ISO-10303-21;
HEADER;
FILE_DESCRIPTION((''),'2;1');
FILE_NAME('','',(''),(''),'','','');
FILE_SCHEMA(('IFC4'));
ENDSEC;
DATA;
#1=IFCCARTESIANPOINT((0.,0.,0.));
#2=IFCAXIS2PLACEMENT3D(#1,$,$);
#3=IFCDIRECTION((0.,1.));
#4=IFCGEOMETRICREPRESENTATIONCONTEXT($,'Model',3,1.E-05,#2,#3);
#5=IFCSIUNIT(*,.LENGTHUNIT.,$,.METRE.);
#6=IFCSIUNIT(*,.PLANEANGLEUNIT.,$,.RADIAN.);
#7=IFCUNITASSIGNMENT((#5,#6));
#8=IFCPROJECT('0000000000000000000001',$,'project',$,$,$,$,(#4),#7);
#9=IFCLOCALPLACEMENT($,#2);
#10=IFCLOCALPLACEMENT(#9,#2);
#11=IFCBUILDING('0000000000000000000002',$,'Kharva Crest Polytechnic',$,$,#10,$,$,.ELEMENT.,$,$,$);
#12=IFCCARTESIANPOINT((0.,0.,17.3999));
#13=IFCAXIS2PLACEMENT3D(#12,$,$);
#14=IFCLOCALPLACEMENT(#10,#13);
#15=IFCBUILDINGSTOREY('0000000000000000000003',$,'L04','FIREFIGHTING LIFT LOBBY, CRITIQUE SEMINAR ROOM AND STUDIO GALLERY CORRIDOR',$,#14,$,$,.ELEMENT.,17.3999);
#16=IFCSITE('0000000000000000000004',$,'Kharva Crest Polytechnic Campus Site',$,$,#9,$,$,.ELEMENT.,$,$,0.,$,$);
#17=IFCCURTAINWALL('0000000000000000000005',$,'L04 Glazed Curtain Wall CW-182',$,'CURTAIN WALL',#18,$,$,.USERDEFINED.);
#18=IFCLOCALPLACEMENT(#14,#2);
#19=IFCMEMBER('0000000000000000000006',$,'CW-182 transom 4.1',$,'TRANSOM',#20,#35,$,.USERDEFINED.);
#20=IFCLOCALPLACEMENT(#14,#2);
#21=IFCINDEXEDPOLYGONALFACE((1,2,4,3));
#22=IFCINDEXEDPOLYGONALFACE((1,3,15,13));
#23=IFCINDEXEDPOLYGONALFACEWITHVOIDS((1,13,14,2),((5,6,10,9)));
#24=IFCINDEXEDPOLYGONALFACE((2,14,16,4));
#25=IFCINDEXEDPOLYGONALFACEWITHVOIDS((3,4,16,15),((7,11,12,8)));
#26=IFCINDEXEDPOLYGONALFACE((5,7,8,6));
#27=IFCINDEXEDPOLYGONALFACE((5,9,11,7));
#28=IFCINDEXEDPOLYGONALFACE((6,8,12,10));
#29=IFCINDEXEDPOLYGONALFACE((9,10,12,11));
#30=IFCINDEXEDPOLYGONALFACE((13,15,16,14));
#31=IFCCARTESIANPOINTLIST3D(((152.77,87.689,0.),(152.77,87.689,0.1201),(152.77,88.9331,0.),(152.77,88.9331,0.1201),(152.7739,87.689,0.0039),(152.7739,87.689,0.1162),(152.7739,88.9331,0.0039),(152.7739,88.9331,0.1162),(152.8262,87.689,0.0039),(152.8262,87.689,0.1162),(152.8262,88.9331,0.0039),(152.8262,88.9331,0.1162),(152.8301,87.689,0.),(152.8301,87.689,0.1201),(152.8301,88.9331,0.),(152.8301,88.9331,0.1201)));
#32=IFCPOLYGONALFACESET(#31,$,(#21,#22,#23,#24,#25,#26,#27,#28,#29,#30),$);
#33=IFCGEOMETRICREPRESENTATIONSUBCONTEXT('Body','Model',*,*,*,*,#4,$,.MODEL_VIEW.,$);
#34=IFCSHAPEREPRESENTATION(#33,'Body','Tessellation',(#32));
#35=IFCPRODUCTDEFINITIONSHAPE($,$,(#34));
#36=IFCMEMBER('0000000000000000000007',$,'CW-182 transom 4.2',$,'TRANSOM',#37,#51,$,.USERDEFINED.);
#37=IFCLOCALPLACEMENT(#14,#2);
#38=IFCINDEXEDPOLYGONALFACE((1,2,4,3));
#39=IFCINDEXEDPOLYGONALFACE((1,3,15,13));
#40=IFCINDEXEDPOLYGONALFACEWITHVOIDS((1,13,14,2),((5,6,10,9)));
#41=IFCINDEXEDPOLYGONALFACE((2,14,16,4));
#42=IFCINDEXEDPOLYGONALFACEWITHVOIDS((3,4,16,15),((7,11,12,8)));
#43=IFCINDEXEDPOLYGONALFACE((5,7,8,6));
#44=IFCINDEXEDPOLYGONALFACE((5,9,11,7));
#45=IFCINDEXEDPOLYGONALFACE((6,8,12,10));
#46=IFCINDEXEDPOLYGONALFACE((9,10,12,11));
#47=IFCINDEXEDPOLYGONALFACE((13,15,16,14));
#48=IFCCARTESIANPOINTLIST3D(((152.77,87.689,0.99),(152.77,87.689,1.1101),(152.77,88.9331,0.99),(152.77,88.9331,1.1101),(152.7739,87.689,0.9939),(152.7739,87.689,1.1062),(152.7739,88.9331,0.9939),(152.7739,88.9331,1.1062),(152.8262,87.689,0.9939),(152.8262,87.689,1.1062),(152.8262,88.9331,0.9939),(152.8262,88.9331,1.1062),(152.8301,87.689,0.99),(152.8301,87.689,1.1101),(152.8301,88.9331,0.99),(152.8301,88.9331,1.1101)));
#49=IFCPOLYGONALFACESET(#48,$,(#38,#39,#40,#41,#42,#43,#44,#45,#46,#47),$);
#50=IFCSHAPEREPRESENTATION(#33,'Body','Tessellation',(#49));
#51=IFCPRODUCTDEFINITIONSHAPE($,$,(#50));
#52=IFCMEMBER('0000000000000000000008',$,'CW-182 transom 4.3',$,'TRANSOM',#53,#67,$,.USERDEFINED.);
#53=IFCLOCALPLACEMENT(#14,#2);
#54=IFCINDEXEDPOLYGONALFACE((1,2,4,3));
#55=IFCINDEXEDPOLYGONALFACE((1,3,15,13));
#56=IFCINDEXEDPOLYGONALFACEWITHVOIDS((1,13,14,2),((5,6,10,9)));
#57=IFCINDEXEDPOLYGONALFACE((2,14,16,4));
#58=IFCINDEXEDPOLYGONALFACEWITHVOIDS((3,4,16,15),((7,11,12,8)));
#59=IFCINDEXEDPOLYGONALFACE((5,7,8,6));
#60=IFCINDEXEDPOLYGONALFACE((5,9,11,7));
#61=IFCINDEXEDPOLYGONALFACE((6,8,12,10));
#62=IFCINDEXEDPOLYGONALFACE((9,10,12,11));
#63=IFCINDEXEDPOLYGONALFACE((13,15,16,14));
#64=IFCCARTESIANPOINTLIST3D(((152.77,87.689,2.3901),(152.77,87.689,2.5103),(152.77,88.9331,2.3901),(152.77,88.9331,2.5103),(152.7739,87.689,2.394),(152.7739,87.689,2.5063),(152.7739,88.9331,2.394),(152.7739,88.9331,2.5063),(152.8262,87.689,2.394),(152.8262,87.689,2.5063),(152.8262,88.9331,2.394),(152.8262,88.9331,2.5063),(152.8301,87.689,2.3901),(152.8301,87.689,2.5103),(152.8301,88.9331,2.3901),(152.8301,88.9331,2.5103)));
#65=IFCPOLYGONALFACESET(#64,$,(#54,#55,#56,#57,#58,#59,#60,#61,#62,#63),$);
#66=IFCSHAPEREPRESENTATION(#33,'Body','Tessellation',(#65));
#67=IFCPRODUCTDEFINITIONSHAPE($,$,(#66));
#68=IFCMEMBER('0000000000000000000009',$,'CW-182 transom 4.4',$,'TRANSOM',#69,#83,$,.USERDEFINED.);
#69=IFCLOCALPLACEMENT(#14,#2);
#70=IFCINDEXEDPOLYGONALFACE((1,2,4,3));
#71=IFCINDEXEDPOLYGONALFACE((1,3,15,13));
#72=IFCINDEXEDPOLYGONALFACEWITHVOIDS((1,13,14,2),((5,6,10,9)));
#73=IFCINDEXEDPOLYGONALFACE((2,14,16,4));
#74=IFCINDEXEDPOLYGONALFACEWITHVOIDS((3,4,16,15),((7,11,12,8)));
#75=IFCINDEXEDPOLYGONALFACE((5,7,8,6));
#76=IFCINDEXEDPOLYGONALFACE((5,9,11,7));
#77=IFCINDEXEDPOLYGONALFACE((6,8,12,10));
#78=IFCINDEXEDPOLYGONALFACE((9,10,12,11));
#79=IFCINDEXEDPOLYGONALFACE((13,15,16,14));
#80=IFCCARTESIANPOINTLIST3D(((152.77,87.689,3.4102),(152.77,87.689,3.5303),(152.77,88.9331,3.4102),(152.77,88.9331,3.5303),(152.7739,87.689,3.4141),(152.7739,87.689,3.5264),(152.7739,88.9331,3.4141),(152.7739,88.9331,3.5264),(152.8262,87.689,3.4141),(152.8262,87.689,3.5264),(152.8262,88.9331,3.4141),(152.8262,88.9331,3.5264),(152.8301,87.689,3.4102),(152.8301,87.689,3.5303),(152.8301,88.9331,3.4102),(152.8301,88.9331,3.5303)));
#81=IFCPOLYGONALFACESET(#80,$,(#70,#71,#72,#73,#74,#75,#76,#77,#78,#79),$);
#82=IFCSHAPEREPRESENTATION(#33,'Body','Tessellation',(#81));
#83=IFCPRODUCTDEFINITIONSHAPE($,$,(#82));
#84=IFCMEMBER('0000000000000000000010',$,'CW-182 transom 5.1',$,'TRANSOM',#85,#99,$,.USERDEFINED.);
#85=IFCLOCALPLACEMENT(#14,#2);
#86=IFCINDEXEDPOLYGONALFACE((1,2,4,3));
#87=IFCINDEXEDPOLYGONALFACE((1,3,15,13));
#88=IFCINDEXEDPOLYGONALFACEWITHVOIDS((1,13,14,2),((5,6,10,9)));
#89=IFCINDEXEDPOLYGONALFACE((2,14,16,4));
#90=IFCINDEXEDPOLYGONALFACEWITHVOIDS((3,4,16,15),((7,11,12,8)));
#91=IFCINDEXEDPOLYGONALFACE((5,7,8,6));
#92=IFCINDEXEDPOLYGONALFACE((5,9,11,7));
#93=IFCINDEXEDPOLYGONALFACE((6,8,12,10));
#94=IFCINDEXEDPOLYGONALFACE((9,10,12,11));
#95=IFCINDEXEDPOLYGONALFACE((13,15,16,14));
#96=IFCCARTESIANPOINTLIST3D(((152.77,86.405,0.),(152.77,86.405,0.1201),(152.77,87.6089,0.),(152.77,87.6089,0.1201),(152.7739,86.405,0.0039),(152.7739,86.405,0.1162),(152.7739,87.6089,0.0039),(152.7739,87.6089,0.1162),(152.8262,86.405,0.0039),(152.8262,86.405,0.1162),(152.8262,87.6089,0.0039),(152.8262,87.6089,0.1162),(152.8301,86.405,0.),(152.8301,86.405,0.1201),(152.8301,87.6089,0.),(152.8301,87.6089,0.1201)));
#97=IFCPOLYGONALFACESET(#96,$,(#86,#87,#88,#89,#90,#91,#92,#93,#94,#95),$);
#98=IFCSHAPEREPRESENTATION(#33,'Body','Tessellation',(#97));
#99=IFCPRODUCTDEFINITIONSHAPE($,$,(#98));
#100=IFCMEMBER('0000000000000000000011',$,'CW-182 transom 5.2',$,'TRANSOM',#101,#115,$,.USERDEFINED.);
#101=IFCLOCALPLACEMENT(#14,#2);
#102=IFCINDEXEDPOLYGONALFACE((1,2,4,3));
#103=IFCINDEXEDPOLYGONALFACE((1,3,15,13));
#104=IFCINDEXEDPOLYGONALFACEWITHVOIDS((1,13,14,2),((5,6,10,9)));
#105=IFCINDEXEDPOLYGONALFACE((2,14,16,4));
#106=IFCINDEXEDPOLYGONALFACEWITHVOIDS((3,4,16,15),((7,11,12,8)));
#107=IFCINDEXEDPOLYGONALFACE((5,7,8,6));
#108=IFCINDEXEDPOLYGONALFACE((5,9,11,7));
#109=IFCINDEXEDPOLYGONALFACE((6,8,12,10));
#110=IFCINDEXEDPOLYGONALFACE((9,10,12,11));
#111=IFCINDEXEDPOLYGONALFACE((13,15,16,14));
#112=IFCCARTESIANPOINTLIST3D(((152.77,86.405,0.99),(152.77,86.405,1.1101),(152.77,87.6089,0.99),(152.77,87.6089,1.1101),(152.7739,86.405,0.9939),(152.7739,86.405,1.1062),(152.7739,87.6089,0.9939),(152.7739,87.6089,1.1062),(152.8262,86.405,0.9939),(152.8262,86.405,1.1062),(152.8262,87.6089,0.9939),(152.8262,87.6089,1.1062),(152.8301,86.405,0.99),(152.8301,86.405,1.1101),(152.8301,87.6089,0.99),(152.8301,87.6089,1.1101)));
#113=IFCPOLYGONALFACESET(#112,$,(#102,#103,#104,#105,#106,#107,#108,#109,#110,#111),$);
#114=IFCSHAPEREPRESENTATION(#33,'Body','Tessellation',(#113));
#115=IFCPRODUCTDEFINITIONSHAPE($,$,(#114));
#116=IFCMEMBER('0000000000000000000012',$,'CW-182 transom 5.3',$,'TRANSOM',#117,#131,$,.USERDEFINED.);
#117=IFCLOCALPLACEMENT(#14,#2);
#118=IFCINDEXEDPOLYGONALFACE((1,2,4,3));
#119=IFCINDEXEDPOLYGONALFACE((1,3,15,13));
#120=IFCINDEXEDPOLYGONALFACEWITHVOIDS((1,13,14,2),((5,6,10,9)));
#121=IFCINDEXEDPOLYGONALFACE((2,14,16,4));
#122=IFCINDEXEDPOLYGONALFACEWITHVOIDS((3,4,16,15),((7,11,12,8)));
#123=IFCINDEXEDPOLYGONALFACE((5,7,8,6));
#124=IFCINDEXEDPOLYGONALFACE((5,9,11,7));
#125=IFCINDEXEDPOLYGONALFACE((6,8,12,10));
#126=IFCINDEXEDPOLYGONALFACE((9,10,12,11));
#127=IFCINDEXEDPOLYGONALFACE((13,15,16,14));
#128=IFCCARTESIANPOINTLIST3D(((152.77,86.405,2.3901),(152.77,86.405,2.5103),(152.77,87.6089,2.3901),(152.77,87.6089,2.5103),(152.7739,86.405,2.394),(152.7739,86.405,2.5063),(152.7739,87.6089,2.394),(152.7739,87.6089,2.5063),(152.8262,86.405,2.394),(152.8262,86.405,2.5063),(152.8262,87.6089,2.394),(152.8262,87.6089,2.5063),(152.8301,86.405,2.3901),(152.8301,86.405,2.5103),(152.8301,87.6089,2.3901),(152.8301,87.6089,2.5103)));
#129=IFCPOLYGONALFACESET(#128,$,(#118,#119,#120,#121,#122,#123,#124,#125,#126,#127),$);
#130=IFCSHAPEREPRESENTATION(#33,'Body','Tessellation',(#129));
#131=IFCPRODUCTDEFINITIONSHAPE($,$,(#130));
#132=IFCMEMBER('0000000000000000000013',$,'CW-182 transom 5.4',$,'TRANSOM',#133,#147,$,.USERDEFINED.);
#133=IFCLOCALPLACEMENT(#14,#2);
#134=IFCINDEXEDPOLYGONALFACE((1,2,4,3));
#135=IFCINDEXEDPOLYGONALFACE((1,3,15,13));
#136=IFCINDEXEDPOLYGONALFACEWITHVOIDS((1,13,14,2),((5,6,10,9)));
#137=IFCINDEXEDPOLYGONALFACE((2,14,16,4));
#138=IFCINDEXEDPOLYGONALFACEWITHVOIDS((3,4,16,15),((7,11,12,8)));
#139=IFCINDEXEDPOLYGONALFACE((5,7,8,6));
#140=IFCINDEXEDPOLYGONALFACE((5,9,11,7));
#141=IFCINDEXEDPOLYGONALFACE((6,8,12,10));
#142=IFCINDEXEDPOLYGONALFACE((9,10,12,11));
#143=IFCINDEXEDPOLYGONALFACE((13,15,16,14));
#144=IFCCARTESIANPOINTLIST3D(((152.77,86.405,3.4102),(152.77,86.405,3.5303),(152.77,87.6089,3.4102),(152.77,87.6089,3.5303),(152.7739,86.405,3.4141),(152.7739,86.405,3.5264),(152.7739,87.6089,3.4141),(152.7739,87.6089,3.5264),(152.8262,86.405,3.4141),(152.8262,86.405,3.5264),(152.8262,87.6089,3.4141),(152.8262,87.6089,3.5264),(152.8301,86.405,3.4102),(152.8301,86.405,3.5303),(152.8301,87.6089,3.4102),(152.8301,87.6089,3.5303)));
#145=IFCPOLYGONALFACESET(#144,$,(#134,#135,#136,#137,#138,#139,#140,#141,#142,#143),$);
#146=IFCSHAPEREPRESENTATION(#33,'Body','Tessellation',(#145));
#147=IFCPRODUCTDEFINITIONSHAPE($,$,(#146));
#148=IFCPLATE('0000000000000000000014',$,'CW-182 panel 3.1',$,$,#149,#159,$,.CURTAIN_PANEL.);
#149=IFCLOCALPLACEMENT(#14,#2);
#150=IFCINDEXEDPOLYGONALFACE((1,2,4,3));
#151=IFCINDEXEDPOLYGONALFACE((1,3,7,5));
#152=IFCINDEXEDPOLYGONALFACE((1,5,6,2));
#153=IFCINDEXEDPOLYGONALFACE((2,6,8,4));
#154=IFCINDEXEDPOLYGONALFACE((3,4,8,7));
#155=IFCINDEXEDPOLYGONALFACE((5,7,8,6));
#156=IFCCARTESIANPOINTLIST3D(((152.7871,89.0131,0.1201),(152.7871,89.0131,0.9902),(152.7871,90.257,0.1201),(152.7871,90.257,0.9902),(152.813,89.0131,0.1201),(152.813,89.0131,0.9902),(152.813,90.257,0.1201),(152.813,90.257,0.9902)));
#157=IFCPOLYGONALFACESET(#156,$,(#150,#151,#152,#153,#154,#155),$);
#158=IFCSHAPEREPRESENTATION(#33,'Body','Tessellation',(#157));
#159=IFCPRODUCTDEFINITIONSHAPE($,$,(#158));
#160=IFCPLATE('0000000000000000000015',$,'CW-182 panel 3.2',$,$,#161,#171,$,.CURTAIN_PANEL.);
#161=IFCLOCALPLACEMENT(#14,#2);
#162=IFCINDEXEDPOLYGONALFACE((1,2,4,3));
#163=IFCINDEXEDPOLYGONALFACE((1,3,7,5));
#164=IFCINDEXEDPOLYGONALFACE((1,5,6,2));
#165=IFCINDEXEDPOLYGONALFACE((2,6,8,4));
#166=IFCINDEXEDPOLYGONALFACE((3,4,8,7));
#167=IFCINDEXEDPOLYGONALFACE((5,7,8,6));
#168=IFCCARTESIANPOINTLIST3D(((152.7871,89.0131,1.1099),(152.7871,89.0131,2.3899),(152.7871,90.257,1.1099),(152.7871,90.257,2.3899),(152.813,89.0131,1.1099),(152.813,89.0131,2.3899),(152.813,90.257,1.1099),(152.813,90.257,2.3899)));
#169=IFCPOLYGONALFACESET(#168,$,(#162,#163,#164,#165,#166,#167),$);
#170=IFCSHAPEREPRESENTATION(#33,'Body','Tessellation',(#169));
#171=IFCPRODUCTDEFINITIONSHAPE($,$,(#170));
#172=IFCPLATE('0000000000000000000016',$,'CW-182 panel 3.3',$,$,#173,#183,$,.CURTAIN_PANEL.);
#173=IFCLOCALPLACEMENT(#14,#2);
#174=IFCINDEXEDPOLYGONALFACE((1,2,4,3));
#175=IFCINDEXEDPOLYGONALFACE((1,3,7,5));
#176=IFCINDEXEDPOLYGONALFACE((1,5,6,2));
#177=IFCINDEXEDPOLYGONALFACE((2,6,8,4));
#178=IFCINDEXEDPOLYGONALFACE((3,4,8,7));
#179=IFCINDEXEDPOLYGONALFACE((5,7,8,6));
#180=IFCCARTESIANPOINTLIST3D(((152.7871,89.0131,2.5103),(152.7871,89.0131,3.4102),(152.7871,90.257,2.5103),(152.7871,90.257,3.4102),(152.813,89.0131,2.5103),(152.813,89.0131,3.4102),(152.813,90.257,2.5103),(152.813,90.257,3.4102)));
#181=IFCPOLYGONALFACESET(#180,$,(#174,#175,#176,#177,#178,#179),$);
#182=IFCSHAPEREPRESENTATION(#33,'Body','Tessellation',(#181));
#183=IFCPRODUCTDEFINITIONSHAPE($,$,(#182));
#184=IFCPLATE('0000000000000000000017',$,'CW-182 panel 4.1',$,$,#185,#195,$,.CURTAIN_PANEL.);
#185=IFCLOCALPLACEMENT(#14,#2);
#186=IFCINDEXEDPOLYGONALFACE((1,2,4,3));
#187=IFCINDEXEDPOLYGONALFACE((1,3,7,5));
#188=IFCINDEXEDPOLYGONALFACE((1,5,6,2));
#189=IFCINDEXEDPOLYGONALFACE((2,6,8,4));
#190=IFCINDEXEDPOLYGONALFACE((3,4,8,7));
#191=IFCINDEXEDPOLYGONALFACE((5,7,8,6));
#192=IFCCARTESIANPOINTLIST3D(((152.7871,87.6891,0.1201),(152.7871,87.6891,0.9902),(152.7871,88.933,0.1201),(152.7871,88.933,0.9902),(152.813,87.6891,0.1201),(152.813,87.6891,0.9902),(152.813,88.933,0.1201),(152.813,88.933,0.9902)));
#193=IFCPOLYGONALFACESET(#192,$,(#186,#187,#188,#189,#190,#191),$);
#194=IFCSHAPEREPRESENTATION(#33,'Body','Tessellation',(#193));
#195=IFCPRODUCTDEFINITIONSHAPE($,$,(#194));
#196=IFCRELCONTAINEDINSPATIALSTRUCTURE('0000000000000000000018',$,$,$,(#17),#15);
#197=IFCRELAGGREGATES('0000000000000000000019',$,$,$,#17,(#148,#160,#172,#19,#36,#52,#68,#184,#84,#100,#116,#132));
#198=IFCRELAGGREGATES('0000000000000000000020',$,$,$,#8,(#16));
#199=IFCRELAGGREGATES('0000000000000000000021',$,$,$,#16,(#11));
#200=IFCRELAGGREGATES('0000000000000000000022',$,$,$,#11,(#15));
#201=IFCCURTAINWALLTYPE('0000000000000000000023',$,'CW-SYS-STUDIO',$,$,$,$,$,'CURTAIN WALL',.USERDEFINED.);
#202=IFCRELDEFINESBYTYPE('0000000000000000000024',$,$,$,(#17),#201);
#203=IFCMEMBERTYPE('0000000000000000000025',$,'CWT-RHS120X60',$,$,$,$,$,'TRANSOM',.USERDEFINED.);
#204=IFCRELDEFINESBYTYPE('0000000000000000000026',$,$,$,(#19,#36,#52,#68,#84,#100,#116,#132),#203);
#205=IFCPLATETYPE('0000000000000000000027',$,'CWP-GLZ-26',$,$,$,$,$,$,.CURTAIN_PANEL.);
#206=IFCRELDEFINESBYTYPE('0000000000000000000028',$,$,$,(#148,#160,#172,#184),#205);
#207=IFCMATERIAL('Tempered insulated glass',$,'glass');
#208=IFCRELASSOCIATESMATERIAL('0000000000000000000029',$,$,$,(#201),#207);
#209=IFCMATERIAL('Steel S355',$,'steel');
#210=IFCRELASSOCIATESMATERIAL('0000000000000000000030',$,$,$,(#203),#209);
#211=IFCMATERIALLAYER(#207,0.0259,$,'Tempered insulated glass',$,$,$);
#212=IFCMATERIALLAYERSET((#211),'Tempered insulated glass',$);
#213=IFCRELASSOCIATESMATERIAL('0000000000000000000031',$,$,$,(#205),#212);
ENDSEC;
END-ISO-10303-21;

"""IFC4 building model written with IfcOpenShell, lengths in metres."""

from ifc_helpers import new_model, si_unit, direction, frame, origin, origin_2d, place, context, subcontext, project, spatial, rectangle, hollow_rectangle, extrude, material, layer, layer_set, material_profile, profile_set, type_object, element, aggregate, save


model = new_model("IFC4")

# Units and contexts
model_context = context("Model", 3, precision=1e-05, world=origin(), true_north=direction((0.0, 1.0)))
body_context = subcontext(model_context, "Body", "Model", "MODEL_VIEW")
ifc_project = project(units=[si_unit("LENGTHUNIT", "METRE"), si_unit("PLANEANGLEUNIT", "RADIAN")], contexts=[model_context])

# Site, building, storey
site_placement = place(None, origin())
site = spatial("IfcSite", under=ifc_project, at=site_placement, Name="Kharva Crest Polytechnic Campus Site", CompositionType="ELEMENT", RefElevation=0.0)
building_placement = place(site_placement, origin())
building = spatial("IfcBuilding", under=site, at=building_placement, Name="Kharva Crest Polytechnic", CompositionType="ELEMENT")
storey_placement = place(building_placement, frame((0.0, 0.0, 17.3999)))
storey = spatial("IfcBuildingStorey", under=building, at=storey_placement, Name="L04", Description="FIREFIGHTING LIFT LOBBY, CRITIQUE SEMINAR ROOM AND STUDIO GALLERY CORRIDOR", CompositionType="ELEMENT", Elevation=17.3999)

# Curtain wall, members, plates
ifc_material_1 = material(Name="Tempered insulated glass", Category="glass")
curtain_wall_type = type_object("IfcCurtainWallType", Name="CW-SYS-STUDIO", ElementType="CURTAIN WALL", PredefinedType="USERDEFINED", material=ifc_material_1)
curtain_wall_placement = place(storey_placement, origin())
curtain_wall = element("IfcCurtainWall", 1, at=curtain_wall_placement, inside=storey, type_object=curtain_wall_type, Name="L04 Glazed Curtain Wall CW-182", ObjectType="CURTAIN WALL", PredefinedType="USERDEFINED")
ifc_material_2 = material(Name="Steel S355", Category="steel")
ifc_material_profile = material_profile(ifc_material_2, hollow_rectangle(XDim=0.0601, YDim=0.1201, WallThickness=0.0039, at=origin_2d()), Name="RHS 120X60X4.0")
ifc_profile_set = profile_set([ifc_material_profile], Name="Steel S355")
member_type = type_object("IfcMemberType", Name="CWT-RHS120X60", ElementType="TRANSOM", PredefinedType="USERDEFINED", material=ifc_profile_set)
member_1_placement = place(storey_placement, frame((152.8, 88.9331, 0.0601), z_axis=(0.0, -1.0, 0.0), x_axis=(1.0, 0.0, 0.0)))
member_1 = element("IfcMember", 2, at=member_1_placement, type_object=member_type, Name="CW-182 transom 4.1", ObjectType="TRANSOM", PredefinedType="USERDEFINED", context=body_context, shape_type="SweptSolid", body=[
    extrude(hollow_rectangle(XDim=0.0601, YDim=0.1201, WallThickness=0.0039, at=origin_2d()), origin(), (0.0, 0.0, 1.0), 1.2441),
])
member_2_placement = place(storey_placement, frame((152.8, 88.9331, 1.05), z_axis=(0.0, -1.0, 0.0), x_axis=(1.0, 0.0, 0.0)))
member_2 = element("IfcMember", 3, at=member_2_placement, type_object=member_type, Name="CW-182 transom 4.2", ObjectType="TRANSOM", PredefinedType="USERDEFINED", context=body_context, shape_type="SweptSolid", body=[
    extrude(hollow_rectangle(XDim=0.0601, YDim=0.1201, WallThickness=0.0039, at=origin_2d()), origin(), (0.0, 0.0, 1.0), 1.2441),
])
member_3_placement = place(storey_placement, frame((152.8, 88.9331, 2.4502), z_axis=(0.0, -1.0, 0.0), x_axis=(1.0, 0.0, 0.0)))
member_3 = element("IfcMember", 4, at=member_3_placement, type_object=member_type, Name="CW-182 transom 4.3", ObjectType="TRANSOM", PredefinedType="USERDEFINED", context=body_context, shape_type="SweptSolid", body=[
    extrude(hollow_rectangle(XDim=0.0601, YDim=0.1201, WallThickness=0.0039, at=origin_2d()), origin(), (0.0, 0.0, 1.0), 1.2441),
])
member_4_placement = place(storey_placement, frame((152.8, 88.9331, 3.4702), z_axis=(0.0, -1.0, 0.0), x_axis=(1.0, 0.0, 0.0)))
member_4 = element("IfcMember", 5, at=member_4_placement, type_object=member_type, Name="CW-182 transom 4.4", ObjectType="TRANSOM", PredefinedType="USERDEFINED", context=body_context, shape_type="SweptSolid", body=[
    extrude(hollow_rectangle(XDim=0.0601, YDim=0.1201, WallThickness=0.0039, at=origin_2d()), origin(), (0.0, 0.0, 1.0), 1.2441),
])
member_5_placement = place(storey_placement, frame((152.8, 87.6089, 0.0601), z_axis=(0.0, -1.0, 0.0), x_axis=(1.0, 0.0, 0.0)))
member_5 = element("IfcMember", 6, at=member_5_placement, type_object=member_type, Name="CW-182 transom 5.1", ObjectType="TRANSOM", PredefinedType="USERDEFINED", context=body_context, shape_type="SweptSolid", body=[
    extrude(hollow_rectangle(XDim=0.0601, YDim=0.1201, WallThickness=0.0039, at=origin_2d()), origin(), (0.0, 0.0, 1.0), 1.2039),
])
member_6_placement = place(storey_placement, frame((152.8, 87.6089, 1.05), z_axis=(0.0, -1.0, 0.0), x_axis=(1.0, 0.0, 0.0)))
member_6 = element("IfcMember", 7, at=member_6_placement, type_object=member_type, Name="CW-182 transom 5.2", ObjectType="TRANSOM", PredefinedType="USERDEFINED", context=body_context, shape_type="SweptSolid", body=[
    extrude(hollow_rectangle(XDim=0.0601, YDim=0.1201, WallThickness=0.0039, at=origin_2d()), origin(), (0.0, 0.0, 1.0), 1.2039),
])
member_7_placement = place(storey_placement, frame((152.8, 87.6089, 2.4502), z_axis=(0.0, -1.0, 0.0), x_axis=(1.0, 0.0, 0.0)))
member_7 = element("IfcMember", 8, at=member_7_placement, type_object=member_type, Name="CW-182 transom 5.3", ObjectType="TRANSOM", PredefinedType="USERDEFINED", context=body_context, shape_type="SweptSolid", body=[
    extrude(hollow_rectangle(XDim=0.0601, YDim=0.1201, WallThickness=0.0039, at=origin_2d()), origin(), (0.0, 0.0, 1.0), 1.2039),
])
member_8_placement = place(storey_placement, frame((152.8, 87.6089, 3.4702), z_axis=(0.0, -1.0, 0.0), x_axis=(1.0, 0.0, 0.0)))
member_8 = element("IfcMember", 9, at=member_8_placement, type_object=member_type, Name="CW-182 transom 5.4", ObjectType="TRANSOM", PredefinedType="USERDEFINED", context=body_context, shape_type="SweptSolid", body=[
    extrude(hollow_rectangle(XDim=0.0601, YDim=0.1201, WallThickness=0.0039, at=origin_2d()), origin(), (0.0, 0.0, 1.0), 1.2039),
])
ifc_layer_1 = layer(ifc_material_1, 0.0259, Name="Tempered insulated glass")
ifc_layer_set_1 = layer_set([ifc_layer_1], Name="Tempered insulated glass")
plate_type = type_object("IfcPlateType", Name="CWP-GLZ-26", PredefinedType="CURTAIN_PANEL", material=ifc_layer_set_1)
plate_1_placement = place(storey_placement, frame((152.8, 89.635, 0.1201), z_axis=(0.0, 0.0, 1.0), x_axis=(0.0, -1.0, 0.0)))
plate_1 = element("IfcPlate", 10, at=plate_1_placement, type_object=plate_type, Name="CW-182 panel 3.1", PredefinedType="CURTAIN_PANEL", context=body_context, shape_type="SweptSolid", body=[
    extrude(rectangle(XDim=1.2439, YDim=0.0259, at=origin_2d()), origin(), (0.0, 0.0, 1.0), 0.8701),
])
plate_2_placement = place(storey_placement, frame((152.8, 89.635, 1.1099), z_axis=(0.0, 0.0, 1.0), x_axis=(0.0, -1.0, 0.0)))
plate_2 = element("IfcPlate", 11, at=plate_2_placement, type_object=plate_type, Name="CW-182 panel 3.2", PredefinedType="CURTAIN_PANEL", context=body_context, shape_type="SweptSolid", body=[
    extrude(rectangle(XDim=1.2439, YDim=0.0259, at=origin_2d()), origin(), (0.0, 0.0, 1.0), 1.28),
])
plate_3_placement = place(storey_placement, frame((152.8, 89.635, 2.5103), z_axis=(0.0, 0.0, 1.0), x_axis=(0.0, -1.0, 0.0)))
plate_3 = element("IfcPlate", 12, at=plate_3_placement, type_object=plate_type, Name="CW-182 panel 3.3", PredefinedType="CURTAIN_PANEL", context=body_context, shape_type="SweptSolid", body=[
    extrude(rectangle(XDim=1.2439, YDim=0.0259, at=origin_2d()), origin(), (0.0, 0.0, 1.0), 0.8999),
])
plate_4_placement = place(storey_placement, frame((152.8, 88.311, 0.1201), z_axis=(0.0, 0.0, 1.0), x_axis=(0.0, -1.0, 0.0)))
plate_4 = element("IfcPlate", 13, at=plate_4_placement, type_object=plate_type, Name="CW-182 panel 4.1", PredefinedType="CURTAIN_PANEL", context=body_context, shape_type="SweptSolid", body=[
    extrude(rectangle(XDim=1.2439, YDim=0.0259, at=origin_2d()), origin(), (0.0, 0.0, 1.0), 0.8701),
])
aggregate(curtain_wall, [plate_1, plate_2, plate_3, member_1, member_2, member_3, member_4, plate_4, member_5, member_6, member_7, member_8])

save(model, "model.ifc")
